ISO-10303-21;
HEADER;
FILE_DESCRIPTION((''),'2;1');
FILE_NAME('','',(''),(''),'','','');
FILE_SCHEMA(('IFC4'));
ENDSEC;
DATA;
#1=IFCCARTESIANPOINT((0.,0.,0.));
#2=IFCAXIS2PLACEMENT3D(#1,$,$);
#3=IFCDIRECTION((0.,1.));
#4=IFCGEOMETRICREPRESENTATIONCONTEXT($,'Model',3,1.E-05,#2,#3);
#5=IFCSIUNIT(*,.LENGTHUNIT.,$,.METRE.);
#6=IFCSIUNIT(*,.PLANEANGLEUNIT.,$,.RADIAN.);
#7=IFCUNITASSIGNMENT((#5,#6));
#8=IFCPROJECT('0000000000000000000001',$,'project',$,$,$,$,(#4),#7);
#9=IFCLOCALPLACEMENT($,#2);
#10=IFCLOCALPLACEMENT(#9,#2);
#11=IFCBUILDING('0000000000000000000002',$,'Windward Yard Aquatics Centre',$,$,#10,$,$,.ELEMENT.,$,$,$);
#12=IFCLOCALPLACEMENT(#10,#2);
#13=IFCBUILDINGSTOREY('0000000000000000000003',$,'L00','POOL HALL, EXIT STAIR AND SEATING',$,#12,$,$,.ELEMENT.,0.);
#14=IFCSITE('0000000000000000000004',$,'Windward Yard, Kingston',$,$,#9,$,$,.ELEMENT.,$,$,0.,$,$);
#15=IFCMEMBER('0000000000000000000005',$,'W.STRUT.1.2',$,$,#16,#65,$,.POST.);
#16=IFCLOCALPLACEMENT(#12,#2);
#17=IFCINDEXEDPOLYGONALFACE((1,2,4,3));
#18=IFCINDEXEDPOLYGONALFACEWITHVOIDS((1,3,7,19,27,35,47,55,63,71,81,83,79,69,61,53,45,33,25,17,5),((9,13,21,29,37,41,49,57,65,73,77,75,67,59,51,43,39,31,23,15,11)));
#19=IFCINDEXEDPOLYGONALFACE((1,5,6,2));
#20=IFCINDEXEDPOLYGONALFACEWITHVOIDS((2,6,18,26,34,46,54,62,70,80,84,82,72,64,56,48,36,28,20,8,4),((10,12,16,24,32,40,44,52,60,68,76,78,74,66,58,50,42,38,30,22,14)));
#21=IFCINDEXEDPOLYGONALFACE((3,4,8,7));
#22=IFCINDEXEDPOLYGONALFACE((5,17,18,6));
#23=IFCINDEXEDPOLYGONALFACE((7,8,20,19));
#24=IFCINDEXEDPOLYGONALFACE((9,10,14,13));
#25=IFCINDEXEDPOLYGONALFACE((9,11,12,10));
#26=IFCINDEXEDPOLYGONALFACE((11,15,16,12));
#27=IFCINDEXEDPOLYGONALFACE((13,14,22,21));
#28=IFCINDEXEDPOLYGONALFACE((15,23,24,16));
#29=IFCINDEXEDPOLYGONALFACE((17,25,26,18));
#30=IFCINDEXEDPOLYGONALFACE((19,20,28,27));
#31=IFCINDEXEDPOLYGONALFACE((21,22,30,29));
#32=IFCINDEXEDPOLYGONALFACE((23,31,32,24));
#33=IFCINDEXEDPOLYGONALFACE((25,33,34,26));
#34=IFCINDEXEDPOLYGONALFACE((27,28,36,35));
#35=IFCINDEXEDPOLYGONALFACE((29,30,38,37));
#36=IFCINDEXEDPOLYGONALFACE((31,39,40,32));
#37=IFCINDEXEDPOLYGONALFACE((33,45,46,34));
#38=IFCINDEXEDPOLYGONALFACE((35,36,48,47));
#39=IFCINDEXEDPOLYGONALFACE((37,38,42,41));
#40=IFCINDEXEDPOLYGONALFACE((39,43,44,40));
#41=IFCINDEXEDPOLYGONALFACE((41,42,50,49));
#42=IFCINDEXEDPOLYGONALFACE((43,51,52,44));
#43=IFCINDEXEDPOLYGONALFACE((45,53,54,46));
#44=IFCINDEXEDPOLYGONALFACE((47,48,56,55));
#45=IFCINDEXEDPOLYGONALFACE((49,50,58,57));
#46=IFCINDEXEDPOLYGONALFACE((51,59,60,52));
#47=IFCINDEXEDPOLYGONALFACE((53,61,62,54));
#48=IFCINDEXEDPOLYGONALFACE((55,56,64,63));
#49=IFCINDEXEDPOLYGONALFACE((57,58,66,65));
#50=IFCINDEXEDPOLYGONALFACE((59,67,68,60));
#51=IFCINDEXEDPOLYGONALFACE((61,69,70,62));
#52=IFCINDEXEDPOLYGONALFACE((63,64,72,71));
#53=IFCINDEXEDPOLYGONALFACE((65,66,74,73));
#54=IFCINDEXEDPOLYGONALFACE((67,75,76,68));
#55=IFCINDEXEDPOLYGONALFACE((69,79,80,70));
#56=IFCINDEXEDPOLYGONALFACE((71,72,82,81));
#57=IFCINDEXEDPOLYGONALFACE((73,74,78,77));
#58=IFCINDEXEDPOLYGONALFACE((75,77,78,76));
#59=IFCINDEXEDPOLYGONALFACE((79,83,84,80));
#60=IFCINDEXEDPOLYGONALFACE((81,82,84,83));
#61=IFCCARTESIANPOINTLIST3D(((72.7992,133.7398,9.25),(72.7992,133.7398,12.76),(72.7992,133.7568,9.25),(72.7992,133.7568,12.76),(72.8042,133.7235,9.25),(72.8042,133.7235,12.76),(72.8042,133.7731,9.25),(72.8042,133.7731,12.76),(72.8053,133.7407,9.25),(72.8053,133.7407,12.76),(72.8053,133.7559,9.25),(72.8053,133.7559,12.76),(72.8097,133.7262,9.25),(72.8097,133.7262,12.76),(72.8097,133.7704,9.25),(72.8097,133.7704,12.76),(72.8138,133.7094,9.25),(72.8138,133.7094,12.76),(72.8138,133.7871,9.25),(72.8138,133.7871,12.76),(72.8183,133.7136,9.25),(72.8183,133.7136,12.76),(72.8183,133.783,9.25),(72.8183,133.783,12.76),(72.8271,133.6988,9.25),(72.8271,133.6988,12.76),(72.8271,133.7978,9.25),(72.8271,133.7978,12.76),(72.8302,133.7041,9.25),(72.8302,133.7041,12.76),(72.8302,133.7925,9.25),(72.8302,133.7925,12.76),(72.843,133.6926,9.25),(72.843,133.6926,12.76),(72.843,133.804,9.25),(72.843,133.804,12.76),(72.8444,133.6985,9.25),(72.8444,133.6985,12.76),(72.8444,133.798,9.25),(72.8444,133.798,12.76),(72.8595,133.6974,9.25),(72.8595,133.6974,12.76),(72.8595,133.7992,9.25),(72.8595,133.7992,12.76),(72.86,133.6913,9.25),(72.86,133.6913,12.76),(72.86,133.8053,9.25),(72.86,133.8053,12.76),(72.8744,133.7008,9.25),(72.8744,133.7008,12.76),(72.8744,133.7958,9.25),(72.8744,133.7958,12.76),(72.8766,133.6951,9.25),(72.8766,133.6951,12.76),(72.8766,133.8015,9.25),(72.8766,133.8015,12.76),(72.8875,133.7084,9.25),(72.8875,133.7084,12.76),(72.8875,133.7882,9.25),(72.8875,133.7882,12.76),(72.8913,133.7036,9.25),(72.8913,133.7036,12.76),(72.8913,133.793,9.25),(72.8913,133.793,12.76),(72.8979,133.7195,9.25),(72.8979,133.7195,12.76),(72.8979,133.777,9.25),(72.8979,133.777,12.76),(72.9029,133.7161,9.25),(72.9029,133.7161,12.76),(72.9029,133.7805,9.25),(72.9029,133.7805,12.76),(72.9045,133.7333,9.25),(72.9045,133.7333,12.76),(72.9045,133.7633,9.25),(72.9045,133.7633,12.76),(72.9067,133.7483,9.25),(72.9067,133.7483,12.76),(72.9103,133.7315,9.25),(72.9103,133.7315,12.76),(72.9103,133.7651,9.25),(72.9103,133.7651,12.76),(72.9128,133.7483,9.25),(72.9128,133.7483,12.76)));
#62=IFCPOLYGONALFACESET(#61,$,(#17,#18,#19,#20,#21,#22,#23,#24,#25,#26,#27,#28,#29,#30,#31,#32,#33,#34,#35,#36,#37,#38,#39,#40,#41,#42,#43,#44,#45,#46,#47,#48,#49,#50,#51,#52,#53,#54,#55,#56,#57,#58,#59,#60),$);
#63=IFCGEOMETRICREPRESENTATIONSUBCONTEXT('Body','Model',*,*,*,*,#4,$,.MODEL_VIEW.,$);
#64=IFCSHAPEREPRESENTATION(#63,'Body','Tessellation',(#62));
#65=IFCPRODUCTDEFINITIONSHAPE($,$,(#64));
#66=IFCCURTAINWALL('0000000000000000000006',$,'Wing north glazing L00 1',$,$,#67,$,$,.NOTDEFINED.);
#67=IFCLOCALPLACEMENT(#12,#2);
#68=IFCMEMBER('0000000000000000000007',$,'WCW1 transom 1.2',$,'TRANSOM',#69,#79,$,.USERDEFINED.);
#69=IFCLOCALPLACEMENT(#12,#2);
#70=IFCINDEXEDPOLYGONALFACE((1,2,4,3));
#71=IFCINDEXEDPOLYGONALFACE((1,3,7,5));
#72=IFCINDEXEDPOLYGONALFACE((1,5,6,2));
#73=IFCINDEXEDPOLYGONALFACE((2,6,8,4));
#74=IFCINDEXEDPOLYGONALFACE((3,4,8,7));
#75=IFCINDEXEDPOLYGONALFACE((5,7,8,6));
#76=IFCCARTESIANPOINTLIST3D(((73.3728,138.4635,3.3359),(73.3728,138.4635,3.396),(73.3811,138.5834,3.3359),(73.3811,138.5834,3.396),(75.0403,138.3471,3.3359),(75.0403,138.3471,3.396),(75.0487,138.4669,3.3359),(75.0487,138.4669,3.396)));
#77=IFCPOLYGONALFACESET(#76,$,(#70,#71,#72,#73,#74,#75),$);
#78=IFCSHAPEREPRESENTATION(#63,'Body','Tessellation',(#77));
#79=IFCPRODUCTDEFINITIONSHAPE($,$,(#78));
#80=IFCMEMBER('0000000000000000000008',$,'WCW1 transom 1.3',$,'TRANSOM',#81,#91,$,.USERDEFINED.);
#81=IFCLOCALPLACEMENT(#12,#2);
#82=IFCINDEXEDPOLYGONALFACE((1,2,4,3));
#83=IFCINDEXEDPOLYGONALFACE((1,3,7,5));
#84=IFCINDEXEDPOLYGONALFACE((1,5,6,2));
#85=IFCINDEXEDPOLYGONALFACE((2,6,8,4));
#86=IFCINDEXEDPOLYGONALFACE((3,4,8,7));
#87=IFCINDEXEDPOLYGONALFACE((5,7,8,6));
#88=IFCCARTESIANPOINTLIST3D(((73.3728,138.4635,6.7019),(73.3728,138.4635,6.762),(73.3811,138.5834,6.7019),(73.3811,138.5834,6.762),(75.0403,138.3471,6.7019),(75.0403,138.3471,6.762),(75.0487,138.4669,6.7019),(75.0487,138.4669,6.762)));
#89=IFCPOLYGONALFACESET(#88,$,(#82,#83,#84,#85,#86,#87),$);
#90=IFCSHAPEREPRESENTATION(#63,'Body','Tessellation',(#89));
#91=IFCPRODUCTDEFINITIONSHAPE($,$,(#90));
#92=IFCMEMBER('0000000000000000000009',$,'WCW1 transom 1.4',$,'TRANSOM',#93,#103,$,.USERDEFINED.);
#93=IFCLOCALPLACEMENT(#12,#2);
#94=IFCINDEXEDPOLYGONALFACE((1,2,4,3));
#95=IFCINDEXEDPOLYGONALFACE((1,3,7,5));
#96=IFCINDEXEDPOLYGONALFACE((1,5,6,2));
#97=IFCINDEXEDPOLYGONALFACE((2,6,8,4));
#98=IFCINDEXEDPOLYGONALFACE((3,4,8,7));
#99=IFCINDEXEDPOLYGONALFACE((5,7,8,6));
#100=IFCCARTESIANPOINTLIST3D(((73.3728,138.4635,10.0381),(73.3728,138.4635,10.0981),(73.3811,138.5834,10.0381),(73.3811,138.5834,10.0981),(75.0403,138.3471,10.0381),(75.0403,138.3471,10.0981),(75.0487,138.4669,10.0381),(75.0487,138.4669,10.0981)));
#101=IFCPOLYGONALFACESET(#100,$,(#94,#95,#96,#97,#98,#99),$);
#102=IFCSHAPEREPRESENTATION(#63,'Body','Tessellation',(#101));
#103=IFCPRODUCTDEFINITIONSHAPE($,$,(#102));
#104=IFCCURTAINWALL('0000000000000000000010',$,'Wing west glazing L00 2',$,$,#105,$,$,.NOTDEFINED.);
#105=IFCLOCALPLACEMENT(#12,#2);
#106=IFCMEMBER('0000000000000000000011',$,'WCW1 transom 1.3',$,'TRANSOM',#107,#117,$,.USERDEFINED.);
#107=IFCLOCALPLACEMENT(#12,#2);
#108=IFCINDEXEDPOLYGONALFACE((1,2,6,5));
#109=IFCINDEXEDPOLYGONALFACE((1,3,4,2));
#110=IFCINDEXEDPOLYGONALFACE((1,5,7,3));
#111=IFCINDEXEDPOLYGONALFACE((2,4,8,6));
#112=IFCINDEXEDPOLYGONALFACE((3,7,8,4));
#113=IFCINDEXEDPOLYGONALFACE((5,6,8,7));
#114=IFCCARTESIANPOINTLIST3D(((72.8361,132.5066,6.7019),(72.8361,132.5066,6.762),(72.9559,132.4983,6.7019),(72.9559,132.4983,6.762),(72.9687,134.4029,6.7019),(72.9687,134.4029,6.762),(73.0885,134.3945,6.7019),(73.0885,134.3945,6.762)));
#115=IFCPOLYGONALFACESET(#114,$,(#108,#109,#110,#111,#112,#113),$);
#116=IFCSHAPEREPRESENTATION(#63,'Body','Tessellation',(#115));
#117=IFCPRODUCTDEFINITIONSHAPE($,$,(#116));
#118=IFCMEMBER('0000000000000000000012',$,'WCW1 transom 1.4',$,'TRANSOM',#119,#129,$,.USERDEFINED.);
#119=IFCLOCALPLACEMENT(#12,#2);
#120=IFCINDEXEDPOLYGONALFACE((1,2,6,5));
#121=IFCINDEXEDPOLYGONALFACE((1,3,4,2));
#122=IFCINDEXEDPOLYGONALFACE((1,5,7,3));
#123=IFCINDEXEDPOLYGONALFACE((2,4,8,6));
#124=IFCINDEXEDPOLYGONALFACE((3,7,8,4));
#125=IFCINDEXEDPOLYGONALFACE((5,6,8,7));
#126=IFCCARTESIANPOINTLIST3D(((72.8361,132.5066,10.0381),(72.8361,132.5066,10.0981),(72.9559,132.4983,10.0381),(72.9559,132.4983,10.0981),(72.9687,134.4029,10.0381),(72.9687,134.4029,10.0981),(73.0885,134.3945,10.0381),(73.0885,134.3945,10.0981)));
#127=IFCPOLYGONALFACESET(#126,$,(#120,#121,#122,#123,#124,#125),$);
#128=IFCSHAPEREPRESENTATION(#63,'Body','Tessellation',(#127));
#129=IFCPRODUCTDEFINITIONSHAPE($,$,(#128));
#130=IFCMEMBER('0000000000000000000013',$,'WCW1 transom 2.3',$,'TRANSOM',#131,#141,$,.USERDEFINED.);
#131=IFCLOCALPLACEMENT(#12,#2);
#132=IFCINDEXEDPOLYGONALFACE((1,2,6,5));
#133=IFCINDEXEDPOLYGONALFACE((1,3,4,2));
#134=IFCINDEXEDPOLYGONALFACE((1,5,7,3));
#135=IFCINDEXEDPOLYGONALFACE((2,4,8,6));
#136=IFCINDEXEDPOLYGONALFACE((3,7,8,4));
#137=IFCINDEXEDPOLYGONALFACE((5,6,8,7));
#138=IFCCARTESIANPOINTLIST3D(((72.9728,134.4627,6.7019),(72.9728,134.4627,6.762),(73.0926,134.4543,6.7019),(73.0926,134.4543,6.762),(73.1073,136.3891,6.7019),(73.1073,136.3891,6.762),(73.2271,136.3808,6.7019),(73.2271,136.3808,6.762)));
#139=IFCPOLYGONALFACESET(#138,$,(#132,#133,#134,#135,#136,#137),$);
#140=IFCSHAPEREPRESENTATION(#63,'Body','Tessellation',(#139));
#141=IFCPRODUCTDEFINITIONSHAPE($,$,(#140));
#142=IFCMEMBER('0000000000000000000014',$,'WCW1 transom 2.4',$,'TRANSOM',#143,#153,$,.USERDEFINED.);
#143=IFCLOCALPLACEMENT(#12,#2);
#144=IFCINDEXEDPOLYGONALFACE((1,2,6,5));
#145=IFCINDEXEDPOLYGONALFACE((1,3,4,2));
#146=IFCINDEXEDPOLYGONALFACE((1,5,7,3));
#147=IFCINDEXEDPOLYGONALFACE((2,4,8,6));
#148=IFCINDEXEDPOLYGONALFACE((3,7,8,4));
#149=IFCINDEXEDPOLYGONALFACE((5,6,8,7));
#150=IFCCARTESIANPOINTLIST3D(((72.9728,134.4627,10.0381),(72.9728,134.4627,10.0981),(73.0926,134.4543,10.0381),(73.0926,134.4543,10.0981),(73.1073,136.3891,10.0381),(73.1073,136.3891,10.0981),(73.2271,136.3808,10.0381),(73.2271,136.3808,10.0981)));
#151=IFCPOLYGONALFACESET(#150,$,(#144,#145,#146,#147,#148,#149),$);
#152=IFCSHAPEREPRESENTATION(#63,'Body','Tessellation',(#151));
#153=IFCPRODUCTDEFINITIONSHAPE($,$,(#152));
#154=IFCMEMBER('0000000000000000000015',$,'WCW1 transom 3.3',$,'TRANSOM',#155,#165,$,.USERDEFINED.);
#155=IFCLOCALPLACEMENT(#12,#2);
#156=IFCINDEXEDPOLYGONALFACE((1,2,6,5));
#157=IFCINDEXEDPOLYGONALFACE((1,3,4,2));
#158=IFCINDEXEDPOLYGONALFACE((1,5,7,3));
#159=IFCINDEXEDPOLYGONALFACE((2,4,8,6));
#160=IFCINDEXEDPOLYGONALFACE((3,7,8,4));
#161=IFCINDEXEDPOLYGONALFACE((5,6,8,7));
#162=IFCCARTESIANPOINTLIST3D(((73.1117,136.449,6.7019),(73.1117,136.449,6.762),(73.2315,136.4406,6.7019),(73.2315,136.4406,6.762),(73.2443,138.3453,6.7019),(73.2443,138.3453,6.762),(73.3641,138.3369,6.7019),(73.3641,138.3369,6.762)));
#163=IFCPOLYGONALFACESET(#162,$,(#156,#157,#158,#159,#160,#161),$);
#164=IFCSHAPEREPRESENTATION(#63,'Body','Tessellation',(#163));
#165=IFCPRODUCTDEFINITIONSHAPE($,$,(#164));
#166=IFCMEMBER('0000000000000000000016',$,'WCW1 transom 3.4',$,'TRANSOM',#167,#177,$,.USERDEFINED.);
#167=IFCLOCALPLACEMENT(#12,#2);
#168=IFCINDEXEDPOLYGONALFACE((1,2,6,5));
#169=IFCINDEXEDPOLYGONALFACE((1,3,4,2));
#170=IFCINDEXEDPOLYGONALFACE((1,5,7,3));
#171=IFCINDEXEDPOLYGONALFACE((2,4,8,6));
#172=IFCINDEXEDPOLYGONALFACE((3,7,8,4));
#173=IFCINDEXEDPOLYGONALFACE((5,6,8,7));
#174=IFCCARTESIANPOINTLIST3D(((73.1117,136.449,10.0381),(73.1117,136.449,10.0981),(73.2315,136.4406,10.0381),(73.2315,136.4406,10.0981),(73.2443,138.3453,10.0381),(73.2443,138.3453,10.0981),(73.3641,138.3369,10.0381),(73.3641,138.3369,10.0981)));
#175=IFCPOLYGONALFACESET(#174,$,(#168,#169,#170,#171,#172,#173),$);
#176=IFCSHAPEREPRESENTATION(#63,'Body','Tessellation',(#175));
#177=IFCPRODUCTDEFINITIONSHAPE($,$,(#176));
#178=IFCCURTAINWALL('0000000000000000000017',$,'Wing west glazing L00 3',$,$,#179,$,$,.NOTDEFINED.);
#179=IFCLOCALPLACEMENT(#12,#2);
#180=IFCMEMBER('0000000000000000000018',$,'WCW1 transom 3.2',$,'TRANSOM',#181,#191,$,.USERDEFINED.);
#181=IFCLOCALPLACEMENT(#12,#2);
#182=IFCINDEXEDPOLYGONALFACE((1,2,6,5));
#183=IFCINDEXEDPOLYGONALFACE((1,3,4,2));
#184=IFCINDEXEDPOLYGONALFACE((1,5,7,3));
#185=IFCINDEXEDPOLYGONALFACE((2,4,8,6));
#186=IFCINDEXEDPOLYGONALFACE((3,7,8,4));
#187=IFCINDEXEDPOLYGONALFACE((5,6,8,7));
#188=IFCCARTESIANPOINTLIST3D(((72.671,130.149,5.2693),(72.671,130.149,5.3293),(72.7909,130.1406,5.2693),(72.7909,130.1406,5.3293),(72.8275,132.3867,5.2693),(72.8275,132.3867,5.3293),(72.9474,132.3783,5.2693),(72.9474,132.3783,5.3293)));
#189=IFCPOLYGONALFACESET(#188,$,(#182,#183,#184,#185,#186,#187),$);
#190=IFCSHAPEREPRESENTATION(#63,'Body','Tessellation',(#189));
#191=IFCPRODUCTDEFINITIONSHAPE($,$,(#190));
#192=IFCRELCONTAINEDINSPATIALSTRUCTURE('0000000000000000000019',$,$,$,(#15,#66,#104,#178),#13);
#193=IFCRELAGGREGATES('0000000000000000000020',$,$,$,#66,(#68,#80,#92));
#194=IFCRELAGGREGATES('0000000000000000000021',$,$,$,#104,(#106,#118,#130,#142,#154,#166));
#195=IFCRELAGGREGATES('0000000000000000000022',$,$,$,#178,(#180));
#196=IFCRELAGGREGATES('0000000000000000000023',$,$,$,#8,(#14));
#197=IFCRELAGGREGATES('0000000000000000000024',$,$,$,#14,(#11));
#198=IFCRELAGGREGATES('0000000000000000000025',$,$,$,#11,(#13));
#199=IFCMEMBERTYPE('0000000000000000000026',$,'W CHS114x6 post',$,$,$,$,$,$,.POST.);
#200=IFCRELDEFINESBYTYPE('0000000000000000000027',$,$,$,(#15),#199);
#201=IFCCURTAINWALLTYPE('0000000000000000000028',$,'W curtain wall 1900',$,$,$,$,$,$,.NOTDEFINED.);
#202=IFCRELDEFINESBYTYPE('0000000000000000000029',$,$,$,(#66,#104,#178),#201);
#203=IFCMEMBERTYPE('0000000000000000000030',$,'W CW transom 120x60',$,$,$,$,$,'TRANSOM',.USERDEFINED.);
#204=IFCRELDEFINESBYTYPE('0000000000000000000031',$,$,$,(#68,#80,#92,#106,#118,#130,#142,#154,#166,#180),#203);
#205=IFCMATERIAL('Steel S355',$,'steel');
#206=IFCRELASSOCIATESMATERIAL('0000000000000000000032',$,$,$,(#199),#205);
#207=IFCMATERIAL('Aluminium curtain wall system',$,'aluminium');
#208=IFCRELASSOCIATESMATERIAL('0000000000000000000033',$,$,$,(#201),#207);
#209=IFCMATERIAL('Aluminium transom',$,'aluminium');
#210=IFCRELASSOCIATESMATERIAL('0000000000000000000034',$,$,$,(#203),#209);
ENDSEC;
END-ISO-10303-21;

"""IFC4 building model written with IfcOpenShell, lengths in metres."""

from ifc_helpers import new_model, si_unit, direction, frame, origin, origin_2d, place, context, subcontext, project, spatial, rectangle, hollow_circle, extrude, material, material_profile, profile_set, type_object, element, aggregate, save


model = new_model("IFC4")

# Units and contexts
model_context = context("Model", 3, precision=1e-05, world=origin(), true_north=direction((0.0, 1.0)))
body_context = subcontext(model_context, "Body", "Model", "MODEL_VIEW")
ifc_project = project(units=[si_unit("LENGTHUNIT", "METRE"), si_unit("PLANEANGLEUNIT", "RADIAN")], contexts=[model_context])

# Site, building, storey
site_placement = place(None, origin())
site = spatial("IfcSite", under=ifc_project, at=site_placement, Name="Windward Yard, Kingston", CompositionType="ELEMENT", RefElevation=0.0)
building_placement = place(site_placement, origin())
building = spatial("IfcBuilding", under=site, at=building_placement, Name="Windward Yard Aquatics Centre", CompositionType="ELEMENT")
storey_placement = place(building_placement, origin())
storey = spatial("IfcBuildingStorey", under=building, at=storey_placement, Name="L00", Description="POOL HALL, EXIT STAIR AND SEATING", CompositionType="ELEMENT", Elevation=0.0)

# Member
ifc_material_1 = material(Name="Steel S355", Category="steel")
ifc_material_profile_1 = material_profile(ifc_material_1, hollow_circle(Radius=0.0571, WallThickness=0.0061, at=origin_2d()), Name="CHS114x6")
ifc_profile_set_1 = profile_set([ifc_material_profile_1], Name="Steel S355")
member_type_1 = type_object("IfcMemberType", Name="W CHS114x6 post", PredefinedType="POST", material=ifc_profile_set_1)
member_1_placement = place(storey_placement, frame((72.8557, 133.7483, 9.25), z_axis=(0.0, 0.0, 1.0), x_axis=(1.0, 0.0, 0.0)))
element("IfcMember", 1, at=member_1_placement, inside=storey, type_object=member_type_1, Name="W.STRUT.1.2", PredefinedType="POST", context=body_context, shape_type="SweptSolid", body=[
    extrude(hollow_circle(Radius=0.0571, WallThickness=0.0061, at=origin_2d()), origin(), (0.0, 0.0, 1.0), 3.51),
])

# Curtain walls, members
ifc_material_2 = material(Name="Aluminium curtain wall system", Category="aluminium")
curtain_wall_type = type_object("IfcCurtainWallType", Name="W curtain wall 1900", PredefinedType="NOTDEFINED", material=ifc_material_2)
curtain_wall_1_placement = place(storey_placement, origin())
curtain_wall_1 = element("IfcCurtainWall", 2, at=curtain_wall_1_placement, inside=storey, type_object=curtain_wall_type, Name="Wing north glazing L00 1", PredefinedType="NOTDEFINED")
ifc_material_3 = material(Name="Aluminium transom", Category="aluminium")
ifc_material_profile_2 = material_profile(ifc_material_3, rectangle(XDim=0.1201, YDim=0.0601, at=origin_2d()), Name="AL 120x60")
ifc_profile_set_2 = profile_set([ifc_material_profile_2], Name="Aluminium transom")
member_type_2 = type_object("IfcMemberType", Name="W CW transom 120x60", ElementType="TRANSOM", PredefinedType="USERDEFINED", material=ifc_profile_set_2)
member_2_placement = place(storey_placement, frame((73.377, 138.5234, 3.366), z_axis=(0.99757, -0.069669, 0.0), x_axis=(0.069669, 0.99757, 0.0)))
member_2 = element("IfcMember", 3, at=member_2_placement, type_object=member_type_2, Name="WCW1 transom 1.2", ObjectType="TRANSOM", PredefinedType="USERDEFINED", context=body_context, shape_type="SweptSolid", body=[
    extrude(rectangle(XDim=0.1201, YDim=0.0601, at=origin_2d()), origin(), (0.0, 0.0, 1.0), 1.6716),
])
member_3_placement = place(storey_placement, frame((73.377, 138.5234, 6.7319), z_axis=(0.99757, -0.069669, 0.0), x_axis=(0.069669, 0.99757, 0.0)))
member_3 = element("IfcMember", 4, at=member_3_placement, type_object=member_type_2, Name="WCW1 transom 1.3", ObjectType="TRANSOM", PredefinedType="USERDEFINED", context=body_context, shape_type="SweptSolid", body=[
    extrude(rectangle(XDim=0.1201, YDim=0.0601, at=origin_2d()), origin(), (0.0, 0.0, 1.0), 1.6716),
])
member_4_placement = place(storey_placement, frame((73.377, 138.5234, 10.0681), z_axis=(0.99757, -0.069669, 0.0), x_axis=(0.069669, 0.99757, 0.0)))
member_4 = element("IfcMember", 5, at=member_4_placement, type_object=member_type_2, Name="WCW1 transom 1.4", ObjectType="TRANSOM", PredefinedType="USERDEFINED", context=body_context, shape_type="SweptSolid", body=[
    extrude(rectangle(XDim=0.1201, YDim=0.0601, at=origin_2d()), origin(), (0.0, 0.0, 1.0), 1.6716),
])
curtain_wall_2_placement = place(storey_placement, origin())
curtain_wall_2 = element("IfcCurtainWall", 6, at=curtain_wall_2_placement, inside=storey, type_object=curtain_wall_type, Name="Wing west glazing L00 2", PredefinedType="NOTDEFINED")
member_5_placement = place(storey_placement, frame((72.896, 132.5024, 6.7319), z_axis=(0.069741, 0.997565, 0.0), x_axis=(-0.997565, 0.069741, 0.0)))
member_5 = element("IfcMember", 7, at=member_5_placement, type_object=member_type_2, Name="WCW1 transom 1.3", ObjectType="TRANSOM", PredefinedType="USERDEFINED", context=body_context, shape_type="SweptSolid", body=[
    extrude(rectangle(XDim=0.1201, YDim=0.0601, at=origin_2d()), origin(), (0.0, 0.0, 1.0), 1.9009),
])
member_6_placement = place(storey_placement, frame((72.896, 132.5024, 10.0681), z_axis=(0.069741, 0.997565, 0.0), x_axis=(-0.997565, 0.069741, 0.0)))
member_6 = element("IfcMember", 8, at=member_6_placement, type_object=member_type_2, Name="WCW1 transom 1.4", ObjectType="TRANSOM", PredefinedType="USERDEFINED", context=body_context, shape_type="SweptSolid", body=[
    extrude(rectangle(XDim=0.1201, YDim=0.0601, at=origin_2d()), origin(), (0.0, 0.0, 1.0), 1.9009),
])
member_7_placement = place(storey_placement, frame((73.0327, 134.4585, 6.7319), z_axis=(0.069657, 0.997571, 0.0), x_axis=(-0.997571, 0.069657, 0.0)))
member_7 = element("IfcMember", 9, at=member_7_placement, type_object=member_type_2, Name="WCW1 transom 2.3", ObjectType="TRANSOM", PredefinedType="USERDEFINED", context=body_context, shape_type="SweptSolid", body=[
    extrude(rectangle(XDim=0.1201, YDim=0.0601, at=origin_2d()), origin(), (0.0, 0.0, 1.0), 1.9312),
])
member_8_placement = place(storey_placement, frame((73.0327, 134.4585, 10.0681), z_axis=(0.069657, 0.997571, 0.0), x_axis=(-0.997571, 0.069657, 0.0)))
member_8 = element("IfcMember", 10, at=member_8_placement, type_object=member_type_2, Name="WCW1 transom 2.4", ObjectType="TRANSOM", PredefinedType="USERDEFINED", context=body_context, shape_type="SweptSolid", body=[
    extrude(rectangle(XDim=0.1201, YDim=0.0601, at=origin_2d()), origin(), (0.0, 0.0, 1.0), 1.9312),
])
member_9_placement = place(storey_placement, frame((73.1716, 136.4448, 6.7319), z_axis=(0.069741, 0.997565, 0.0), x_axis=(-0.997565, 0.069741, 0.0)))
member_9 = element("IfcMember", 11, at=member_9_placement, type_object=member_type_2, Name="WCW1 transom 3.3", ObjectType="TRANSOM", PredefinedType="USERDEFINED", context=body_context, shape_type="SweptSolid", body=[
    extrude(rectangle(XDim=0.1201, YDim=0.0601, at=origin_2d()), origin(), (0.0, 0.0, 1.0), 1.9009),
])
member_10_placement = place(storey_placement, frame((73.1716, 136.4448, 10.0681), z_axis=(0.069741, 0.997565, 0.0), x_axis=(-0.997565, 0.069741, 0.0)))
member_10 = element("IfcMember", 12, at=member_10_placement, type_object=member_type_2, Name="WCW1 transom 3.4", ObjectType="TRANSOM", PredefinedType="USERDEFINED", context=body_context, shape_type="SweptSolid", body=[
    extrude(rectangle(XDim=0.1201, YDim=0.0601, at=origin_2d()), origin(), (0.0, 0.0, 1.0), 1.9009),
])
curtain_wall_3_placement = place(storey_placement, origin())
curtain_wall_3 = element("IfcCurtainWall", 13, at=curtain_wall_3_placement, inside=storey, type_object=curtain_wall_type, Name="Wing west glazing L00 3", PredefinedType="NOTDEFINED")
member_11_placement = place(storey_placement, frame((72.731, 130.1448, 5.2993), z_axis=(0.069762, 0.997564, 0.0), x_axis=(-0.997564, 0.069762, 0.0)))
member_11 = element("IfcMember", 14, at=member_11_placement, type_object=member_type_2, Name="WCW1 transom 3.2", ObjectType="TRANSOM", PredefinedType="USERDEFINED", context=body_context, shape_type="SweptSolid", body=[
    extrude(rectangle(XDim=0.1201, YDim=0.0601, at=origin_2d()), origin(), (0.0, 0.0, 1.0), 2.2432),
])

aggregate(curtain_wall_1, [member_2, member_3, member_4])
aggregate(curtain_wall_2, [member_5, member_6, member_7, member_8, member_9, member_10])
aggregate(curtain_wall_3, [member_11])

save(model, "model.ifc")
